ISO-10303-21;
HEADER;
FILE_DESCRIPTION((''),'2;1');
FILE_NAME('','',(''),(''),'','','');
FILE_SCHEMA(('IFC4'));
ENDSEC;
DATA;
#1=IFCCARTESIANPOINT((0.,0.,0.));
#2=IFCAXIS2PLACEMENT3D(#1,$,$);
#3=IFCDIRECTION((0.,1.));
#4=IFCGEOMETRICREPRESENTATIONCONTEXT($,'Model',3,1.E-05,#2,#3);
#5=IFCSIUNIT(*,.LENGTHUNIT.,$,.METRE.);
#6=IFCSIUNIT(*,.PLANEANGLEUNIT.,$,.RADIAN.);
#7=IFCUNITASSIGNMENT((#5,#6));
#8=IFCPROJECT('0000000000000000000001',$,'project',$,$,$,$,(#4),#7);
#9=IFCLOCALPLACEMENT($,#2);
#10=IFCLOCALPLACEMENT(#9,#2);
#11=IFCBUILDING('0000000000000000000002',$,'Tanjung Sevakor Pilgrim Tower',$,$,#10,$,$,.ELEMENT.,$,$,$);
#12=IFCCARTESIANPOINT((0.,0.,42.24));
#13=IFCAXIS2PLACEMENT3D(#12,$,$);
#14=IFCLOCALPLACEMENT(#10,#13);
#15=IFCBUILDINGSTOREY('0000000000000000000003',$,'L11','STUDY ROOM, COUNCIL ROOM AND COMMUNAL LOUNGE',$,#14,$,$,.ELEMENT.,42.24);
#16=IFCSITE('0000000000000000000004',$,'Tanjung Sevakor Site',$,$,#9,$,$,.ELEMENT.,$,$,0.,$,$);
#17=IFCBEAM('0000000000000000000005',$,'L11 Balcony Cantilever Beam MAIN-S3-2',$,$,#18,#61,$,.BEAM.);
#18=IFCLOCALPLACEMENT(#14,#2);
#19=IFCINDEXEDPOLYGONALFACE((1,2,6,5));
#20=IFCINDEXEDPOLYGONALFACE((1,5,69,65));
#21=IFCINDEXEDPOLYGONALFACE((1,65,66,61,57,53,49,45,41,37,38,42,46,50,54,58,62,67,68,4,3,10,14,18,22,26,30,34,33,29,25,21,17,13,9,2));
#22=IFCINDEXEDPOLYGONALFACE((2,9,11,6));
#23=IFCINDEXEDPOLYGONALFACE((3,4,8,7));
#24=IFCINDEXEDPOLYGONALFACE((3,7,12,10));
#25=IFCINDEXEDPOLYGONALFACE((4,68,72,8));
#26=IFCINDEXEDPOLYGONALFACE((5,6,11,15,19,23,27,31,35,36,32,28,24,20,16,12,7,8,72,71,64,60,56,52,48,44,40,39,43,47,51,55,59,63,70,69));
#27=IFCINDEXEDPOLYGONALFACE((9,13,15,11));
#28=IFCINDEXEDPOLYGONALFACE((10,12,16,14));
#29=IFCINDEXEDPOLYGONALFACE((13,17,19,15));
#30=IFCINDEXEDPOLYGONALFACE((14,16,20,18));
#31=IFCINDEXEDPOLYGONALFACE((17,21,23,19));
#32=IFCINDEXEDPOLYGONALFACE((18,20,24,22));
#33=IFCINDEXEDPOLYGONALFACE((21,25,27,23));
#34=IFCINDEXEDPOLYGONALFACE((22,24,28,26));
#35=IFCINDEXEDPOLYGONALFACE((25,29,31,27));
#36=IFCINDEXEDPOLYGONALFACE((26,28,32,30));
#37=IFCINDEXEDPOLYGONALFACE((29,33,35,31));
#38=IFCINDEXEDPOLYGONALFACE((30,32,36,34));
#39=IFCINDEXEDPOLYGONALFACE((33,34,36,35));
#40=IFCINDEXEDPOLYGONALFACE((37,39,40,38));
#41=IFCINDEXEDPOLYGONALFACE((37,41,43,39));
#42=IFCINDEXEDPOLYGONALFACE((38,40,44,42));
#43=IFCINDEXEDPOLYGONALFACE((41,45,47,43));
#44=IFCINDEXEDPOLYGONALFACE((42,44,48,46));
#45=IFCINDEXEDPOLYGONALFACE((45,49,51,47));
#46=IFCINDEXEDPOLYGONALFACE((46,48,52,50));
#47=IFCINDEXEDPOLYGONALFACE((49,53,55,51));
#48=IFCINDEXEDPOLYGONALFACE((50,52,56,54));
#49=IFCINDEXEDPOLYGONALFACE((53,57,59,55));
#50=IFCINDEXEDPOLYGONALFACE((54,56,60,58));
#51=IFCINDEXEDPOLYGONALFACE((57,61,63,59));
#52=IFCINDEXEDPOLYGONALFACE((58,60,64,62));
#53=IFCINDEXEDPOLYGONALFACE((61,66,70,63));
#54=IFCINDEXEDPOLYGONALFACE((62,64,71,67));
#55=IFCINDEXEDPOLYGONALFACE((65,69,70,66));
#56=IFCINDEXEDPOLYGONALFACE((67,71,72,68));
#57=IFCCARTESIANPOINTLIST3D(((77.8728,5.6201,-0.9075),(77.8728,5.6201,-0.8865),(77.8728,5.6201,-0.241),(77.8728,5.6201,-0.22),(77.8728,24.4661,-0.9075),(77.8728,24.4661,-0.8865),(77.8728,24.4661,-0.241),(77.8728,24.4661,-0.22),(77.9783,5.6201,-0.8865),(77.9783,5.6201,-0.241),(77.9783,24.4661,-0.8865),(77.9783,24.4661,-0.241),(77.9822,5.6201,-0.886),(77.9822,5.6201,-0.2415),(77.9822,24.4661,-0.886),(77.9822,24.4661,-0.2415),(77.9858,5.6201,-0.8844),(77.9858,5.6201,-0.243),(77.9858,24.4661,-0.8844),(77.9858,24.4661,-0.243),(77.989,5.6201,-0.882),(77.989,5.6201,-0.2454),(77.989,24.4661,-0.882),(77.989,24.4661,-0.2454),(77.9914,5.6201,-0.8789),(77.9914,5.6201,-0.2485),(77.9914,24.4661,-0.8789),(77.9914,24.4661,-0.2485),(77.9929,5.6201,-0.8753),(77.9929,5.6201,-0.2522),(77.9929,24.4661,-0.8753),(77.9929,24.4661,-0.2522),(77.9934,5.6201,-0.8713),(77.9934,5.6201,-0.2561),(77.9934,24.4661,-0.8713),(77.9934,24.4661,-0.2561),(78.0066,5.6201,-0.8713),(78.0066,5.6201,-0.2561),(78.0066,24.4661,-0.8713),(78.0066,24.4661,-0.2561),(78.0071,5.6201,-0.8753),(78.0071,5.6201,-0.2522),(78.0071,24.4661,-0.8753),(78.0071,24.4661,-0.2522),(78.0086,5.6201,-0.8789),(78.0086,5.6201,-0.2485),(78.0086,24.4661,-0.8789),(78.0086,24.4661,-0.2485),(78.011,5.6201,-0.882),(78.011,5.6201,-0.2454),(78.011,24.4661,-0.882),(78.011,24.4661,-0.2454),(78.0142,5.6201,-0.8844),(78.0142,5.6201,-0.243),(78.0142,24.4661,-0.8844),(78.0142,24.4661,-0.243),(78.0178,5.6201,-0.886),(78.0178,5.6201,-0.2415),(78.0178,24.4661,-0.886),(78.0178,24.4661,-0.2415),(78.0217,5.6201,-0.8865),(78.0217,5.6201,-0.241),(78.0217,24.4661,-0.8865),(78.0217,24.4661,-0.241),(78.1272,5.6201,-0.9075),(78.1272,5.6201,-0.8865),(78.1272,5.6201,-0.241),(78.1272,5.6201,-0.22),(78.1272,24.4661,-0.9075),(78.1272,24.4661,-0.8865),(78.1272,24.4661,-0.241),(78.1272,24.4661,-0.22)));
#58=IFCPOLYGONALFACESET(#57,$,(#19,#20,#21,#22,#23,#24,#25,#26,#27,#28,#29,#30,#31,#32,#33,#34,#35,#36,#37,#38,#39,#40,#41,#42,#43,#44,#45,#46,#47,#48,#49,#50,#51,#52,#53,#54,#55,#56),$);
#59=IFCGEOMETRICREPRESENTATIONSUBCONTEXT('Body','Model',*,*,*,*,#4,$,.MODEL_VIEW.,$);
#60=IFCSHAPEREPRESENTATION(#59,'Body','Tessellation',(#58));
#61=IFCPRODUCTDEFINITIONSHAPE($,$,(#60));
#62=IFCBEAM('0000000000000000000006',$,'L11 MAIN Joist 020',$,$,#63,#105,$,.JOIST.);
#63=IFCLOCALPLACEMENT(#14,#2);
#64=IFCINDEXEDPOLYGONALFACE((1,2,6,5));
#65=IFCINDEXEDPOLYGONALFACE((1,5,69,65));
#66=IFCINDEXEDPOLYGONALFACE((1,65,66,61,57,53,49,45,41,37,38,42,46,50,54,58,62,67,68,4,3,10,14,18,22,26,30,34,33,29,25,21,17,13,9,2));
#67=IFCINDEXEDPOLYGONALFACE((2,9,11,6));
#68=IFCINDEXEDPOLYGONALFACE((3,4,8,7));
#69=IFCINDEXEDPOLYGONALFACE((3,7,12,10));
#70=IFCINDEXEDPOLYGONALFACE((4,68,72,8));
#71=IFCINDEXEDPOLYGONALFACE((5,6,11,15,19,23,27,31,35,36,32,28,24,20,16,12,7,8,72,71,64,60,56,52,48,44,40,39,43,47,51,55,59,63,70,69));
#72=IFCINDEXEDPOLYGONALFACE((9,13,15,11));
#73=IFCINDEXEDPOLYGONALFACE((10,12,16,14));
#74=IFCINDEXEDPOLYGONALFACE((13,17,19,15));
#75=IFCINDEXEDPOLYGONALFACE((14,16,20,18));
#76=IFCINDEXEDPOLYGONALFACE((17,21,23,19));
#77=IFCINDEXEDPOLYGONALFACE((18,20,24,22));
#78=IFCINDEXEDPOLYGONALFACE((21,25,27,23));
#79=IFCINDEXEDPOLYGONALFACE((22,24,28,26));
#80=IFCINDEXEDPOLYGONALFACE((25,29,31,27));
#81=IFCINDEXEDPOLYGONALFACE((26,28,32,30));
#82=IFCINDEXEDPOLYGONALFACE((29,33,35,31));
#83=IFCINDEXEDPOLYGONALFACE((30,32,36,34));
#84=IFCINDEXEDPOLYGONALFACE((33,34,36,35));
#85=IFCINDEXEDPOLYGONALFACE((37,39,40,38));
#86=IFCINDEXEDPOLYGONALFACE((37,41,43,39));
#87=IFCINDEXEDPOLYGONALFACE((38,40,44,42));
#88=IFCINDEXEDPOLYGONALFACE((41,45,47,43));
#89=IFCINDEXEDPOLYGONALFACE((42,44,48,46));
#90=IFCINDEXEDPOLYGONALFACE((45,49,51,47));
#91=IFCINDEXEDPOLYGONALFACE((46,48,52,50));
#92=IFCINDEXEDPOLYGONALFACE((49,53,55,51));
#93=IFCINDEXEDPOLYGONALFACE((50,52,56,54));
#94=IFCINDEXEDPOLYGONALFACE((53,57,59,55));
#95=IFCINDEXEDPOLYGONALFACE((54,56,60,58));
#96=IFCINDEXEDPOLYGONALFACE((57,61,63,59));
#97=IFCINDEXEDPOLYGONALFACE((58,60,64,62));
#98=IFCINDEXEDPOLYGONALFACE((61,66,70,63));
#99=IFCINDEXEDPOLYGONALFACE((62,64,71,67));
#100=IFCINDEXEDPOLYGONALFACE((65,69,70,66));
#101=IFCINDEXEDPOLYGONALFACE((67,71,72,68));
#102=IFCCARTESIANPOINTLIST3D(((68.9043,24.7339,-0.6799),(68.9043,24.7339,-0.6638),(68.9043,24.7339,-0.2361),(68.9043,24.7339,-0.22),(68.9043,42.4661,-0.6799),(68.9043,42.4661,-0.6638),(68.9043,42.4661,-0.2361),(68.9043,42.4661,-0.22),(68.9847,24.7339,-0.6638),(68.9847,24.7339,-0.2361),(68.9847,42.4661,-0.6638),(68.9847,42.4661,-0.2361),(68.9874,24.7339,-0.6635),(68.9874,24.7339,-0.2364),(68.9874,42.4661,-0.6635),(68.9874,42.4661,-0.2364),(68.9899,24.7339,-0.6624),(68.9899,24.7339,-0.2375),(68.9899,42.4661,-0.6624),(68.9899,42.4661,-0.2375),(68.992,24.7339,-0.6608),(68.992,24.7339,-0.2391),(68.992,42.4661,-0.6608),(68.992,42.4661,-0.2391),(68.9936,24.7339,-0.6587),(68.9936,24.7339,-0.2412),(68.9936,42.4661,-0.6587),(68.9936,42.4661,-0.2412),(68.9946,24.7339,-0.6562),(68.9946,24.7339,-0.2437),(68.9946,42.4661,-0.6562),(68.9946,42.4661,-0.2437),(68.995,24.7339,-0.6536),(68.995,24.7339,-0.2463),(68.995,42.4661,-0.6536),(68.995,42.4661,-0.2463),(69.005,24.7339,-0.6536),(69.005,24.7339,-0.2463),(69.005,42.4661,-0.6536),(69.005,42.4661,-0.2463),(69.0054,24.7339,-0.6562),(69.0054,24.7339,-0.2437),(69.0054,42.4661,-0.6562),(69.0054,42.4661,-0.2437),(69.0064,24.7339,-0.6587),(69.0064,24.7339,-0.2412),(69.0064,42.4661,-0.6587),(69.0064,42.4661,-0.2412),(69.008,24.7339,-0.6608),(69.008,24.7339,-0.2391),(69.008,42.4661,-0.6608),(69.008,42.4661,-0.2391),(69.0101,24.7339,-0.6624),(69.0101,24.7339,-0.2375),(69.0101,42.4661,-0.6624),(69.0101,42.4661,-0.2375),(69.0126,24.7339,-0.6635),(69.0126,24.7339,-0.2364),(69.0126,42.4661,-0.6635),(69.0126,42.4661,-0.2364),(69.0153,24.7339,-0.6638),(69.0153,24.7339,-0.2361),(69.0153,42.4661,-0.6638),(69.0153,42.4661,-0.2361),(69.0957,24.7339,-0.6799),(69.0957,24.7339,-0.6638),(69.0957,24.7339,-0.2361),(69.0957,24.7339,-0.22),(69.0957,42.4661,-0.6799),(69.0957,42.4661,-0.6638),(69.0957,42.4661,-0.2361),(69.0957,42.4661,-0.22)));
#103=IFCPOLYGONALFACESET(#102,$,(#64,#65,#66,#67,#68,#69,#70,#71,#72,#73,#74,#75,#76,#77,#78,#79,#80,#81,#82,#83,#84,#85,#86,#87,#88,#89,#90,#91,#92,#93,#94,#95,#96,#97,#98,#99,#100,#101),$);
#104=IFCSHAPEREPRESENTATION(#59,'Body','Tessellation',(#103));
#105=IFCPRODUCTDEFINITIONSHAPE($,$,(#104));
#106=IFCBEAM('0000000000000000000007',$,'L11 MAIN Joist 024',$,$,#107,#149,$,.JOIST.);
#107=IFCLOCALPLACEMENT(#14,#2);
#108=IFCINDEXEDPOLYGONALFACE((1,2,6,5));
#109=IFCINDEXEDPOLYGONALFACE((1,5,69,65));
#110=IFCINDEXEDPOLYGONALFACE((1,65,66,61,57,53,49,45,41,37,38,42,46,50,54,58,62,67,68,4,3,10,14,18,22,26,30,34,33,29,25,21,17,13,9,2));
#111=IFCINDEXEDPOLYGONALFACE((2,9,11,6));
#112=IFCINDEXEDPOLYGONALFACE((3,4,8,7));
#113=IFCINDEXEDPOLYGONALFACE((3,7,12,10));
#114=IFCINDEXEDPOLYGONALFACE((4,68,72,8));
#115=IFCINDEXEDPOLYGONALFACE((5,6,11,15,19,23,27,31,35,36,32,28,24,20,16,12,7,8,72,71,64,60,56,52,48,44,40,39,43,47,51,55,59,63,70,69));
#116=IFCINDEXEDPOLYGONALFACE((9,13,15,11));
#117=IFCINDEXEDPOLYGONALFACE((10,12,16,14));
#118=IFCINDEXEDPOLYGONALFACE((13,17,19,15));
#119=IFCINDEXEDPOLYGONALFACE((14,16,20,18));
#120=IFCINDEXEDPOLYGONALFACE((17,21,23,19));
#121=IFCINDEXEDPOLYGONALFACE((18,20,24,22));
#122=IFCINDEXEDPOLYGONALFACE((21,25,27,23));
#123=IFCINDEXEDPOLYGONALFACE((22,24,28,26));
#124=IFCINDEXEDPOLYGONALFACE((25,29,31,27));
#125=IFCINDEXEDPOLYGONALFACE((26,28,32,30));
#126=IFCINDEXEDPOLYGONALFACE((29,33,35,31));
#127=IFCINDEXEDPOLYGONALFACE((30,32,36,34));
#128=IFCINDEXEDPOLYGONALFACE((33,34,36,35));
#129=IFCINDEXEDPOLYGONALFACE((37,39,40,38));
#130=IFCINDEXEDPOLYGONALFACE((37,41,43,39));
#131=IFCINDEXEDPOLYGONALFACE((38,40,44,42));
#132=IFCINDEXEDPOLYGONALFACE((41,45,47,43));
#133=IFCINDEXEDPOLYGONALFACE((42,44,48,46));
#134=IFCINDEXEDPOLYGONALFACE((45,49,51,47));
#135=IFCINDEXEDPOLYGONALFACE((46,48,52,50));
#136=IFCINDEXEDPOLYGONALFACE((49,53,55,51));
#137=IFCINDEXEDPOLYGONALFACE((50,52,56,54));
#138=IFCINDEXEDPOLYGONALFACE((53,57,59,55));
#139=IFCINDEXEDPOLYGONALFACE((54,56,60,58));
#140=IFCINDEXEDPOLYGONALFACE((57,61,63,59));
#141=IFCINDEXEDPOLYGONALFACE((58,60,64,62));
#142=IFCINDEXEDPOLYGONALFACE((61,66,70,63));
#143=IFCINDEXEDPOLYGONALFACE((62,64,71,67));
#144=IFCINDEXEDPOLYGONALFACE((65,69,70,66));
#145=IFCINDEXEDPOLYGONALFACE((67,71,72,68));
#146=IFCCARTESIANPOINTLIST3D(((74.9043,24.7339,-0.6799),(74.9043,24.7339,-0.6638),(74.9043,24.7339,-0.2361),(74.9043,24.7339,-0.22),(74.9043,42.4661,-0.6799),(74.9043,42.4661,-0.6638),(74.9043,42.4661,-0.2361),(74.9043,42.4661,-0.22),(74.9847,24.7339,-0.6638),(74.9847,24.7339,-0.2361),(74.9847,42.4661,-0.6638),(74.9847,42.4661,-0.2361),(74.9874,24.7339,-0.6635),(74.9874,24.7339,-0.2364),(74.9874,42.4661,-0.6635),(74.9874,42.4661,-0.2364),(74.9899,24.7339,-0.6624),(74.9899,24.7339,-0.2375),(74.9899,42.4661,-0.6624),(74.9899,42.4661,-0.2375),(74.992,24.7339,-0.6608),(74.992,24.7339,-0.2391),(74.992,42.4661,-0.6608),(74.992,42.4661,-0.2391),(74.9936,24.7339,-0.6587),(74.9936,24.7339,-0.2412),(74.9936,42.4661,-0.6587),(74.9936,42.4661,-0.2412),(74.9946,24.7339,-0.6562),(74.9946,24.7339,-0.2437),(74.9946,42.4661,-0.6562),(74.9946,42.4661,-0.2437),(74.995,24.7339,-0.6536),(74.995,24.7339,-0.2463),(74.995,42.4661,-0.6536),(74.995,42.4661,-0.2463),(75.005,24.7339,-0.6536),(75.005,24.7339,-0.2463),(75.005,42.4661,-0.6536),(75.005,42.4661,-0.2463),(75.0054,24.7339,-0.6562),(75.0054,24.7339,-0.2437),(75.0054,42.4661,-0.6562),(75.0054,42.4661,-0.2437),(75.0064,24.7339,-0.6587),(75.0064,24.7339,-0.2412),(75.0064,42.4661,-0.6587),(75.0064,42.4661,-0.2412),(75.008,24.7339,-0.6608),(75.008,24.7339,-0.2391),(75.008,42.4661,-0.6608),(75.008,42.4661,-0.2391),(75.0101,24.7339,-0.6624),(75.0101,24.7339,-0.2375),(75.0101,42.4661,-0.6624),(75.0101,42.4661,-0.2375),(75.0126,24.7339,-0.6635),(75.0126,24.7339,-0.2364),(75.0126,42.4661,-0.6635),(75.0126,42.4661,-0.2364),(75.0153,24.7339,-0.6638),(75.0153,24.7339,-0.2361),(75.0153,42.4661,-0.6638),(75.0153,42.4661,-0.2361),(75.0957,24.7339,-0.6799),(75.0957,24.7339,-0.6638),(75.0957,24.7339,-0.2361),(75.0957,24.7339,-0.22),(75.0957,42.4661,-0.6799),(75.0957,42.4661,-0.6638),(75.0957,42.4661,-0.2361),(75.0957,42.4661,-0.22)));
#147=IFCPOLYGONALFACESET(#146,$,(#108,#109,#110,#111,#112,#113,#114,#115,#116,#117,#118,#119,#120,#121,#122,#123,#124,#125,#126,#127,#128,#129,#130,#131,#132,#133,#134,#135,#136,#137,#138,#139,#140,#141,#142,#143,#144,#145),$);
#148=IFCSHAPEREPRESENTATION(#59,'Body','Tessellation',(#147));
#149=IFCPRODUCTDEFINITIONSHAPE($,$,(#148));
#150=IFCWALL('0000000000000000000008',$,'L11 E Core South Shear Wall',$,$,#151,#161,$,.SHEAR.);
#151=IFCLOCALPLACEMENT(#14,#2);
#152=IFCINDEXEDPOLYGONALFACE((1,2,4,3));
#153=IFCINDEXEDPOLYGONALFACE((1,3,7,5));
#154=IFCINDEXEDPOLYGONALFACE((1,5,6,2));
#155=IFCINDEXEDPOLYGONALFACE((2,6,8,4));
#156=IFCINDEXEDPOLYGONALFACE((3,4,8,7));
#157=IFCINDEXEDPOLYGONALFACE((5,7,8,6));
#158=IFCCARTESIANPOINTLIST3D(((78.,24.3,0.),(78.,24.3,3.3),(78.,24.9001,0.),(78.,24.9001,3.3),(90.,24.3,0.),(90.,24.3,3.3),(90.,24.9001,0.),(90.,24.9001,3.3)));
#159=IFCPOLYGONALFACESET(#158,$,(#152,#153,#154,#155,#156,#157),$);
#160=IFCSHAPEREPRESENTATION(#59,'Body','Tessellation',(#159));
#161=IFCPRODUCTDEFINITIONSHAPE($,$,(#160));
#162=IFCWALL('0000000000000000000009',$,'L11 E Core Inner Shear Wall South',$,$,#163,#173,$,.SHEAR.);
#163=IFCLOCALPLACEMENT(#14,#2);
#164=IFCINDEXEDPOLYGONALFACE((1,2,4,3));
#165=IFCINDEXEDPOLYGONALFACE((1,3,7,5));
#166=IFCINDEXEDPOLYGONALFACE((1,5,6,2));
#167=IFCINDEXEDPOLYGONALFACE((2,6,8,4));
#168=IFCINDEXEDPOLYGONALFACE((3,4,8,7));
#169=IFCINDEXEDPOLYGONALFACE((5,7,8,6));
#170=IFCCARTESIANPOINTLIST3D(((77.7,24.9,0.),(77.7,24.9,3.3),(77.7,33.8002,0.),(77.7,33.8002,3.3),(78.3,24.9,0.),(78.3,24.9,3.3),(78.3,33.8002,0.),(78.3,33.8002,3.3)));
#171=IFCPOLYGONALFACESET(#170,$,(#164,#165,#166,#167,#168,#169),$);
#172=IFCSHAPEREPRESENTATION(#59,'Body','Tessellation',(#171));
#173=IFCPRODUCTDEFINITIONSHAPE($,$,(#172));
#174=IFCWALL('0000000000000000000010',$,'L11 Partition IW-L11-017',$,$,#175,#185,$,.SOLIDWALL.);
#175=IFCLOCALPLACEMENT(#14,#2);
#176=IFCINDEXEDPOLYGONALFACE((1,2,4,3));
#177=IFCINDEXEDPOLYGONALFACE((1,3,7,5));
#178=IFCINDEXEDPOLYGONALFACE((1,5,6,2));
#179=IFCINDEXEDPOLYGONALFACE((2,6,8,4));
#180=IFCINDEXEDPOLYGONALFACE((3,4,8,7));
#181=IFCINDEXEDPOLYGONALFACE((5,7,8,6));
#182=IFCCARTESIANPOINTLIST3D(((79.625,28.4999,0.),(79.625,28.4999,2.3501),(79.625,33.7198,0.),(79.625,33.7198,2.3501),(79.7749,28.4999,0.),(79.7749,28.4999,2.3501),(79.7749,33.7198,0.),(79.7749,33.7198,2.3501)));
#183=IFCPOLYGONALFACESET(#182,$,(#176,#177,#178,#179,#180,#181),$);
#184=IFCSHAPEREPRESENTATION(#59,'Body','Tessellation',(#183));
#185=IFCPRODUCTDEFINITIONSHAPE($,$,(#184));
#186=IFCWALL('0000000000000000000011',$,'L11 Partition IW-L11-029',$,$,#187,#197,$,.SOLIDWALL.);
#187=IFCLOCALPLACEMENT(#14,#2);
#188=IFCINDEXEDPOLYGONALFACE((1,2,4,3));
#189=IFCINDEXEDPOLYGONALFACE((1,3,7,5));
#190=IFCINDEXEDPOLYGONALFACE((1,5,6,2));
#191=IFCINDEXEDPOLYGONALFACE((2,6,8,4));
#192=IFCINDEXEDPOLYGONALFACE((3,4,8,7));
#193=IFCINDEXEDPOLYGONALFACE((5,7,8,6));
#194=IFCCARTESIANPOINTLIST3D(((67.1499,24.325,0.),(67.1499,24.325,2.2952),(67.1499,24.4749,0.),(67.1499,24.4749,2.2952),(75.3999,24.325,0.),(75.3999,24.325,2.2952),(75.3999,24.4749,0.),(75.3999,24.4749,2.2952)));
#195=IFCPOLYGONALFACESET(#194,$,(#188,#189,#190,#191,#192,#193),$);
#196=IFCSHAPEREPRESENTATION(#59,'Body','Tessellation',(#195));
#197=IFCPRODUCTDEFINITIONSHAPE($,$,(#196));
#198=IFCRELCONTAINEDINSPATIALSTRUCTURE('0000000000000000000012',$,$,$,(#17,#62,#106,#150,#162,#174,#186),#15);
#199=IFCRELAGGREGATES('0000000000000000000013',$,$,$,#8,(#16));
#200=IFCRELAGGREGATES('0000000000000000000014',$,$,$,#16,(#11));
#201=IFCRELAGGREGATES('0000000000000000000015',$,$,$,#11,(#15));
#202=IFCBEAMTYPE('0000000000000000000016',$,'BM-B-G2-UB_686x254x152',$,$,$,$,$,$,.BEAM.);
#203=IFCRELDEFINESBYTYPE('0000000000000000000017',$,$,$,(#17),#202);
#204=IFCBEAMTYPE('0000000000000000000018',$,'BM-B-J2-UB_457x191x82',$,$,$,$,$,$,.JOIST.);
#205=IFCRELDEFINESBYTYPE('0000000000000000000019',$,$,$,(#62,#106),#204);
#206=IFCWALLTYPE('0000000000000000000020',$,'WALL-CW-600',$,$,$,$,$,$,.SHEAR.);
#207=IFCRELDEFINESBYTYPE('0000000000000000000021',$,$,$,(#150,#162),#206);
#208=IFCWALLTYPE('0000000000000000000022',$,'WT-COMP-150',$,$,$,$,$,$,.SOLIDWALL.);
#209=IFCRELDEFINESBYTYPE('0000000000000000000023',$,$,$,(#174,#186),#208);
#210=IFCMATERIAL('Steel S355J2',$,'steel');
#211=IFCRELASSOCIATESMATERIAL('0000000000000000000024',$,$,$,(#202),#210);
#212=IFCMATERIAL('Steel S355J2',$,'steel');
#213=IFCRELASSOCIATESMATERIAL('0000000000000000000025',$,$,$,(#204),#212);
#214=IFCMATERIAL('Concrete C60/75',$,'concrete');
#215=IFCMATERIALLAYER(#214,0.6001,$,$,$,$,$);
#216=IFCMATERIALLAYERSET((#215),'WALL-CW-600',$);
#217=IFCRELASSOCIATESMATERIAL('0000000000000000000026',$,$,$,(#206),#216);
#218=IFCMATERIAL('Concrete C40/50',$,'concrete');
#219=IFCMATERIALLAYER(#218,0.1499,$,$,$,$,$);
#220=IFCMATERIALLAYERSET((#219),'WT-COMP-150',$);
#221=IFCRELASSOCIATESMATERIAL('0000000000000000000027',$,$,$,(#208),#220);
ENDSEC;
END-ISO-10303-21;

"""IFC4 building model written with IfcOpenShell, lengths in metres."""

from ifc_helpers import new_model, si_unit, direction, frame, frame_2d, origin, origin_2d, place, context, subcontext, project, spatial, rectangle, i_section, extrude, material, layer, layer_set, material_profile, profile_set, type_object, element, save


model = new_model("IFC4")

# Units and contexts
model_context = context("Model", 3, precision=1e-05, world=origin(), true_north=direction((0.0, 1.0)))
body_context = subcontext(model_context, "Body", "Model", "MODEL_VIEW")
ifc_project = project(units=[si_unit("LENGTHUNIT", "METRE"), si_unit("PLANEANGLEUNIT", "RADIAN")], contexts=[model_context])

# Site, building, storey
site_placement = place(None, origin())
site = spatial("IfcSite", under=ifc_project, at=site_placement, Name="Tanjung Sevakor Site", CompositionType="ELEMENT", RefElevation=0.0)
building_placement = place(site_placement, origin())
building = spatial("IfcBuilding", under=site, at=building_placement, Name="Tanjung Sevakor Pilgrim Tower", CompositionType="ELEMENT")
storey_placement = place(building_placement, frame((0.0, 0.0, 42.24)))
storey = spatial("IfcBuildingStorey", under=building, at=storey_placement, Name="L11", Description="STUDY ROOM, COUNCIL ROOM AND COMMUNAL LOUNGE", CompositionType="ELEMENT", Elevation=42.24)

# Beams
ifc_material_1 = material(Name="Steel S355J2", Category="steel")
ifc_material_profile_1 = material_profile(ifc_material_1, i_section(OverallWidth=0.2544, OverallDepth=0.6875, WebThickness=0.0132, FlangeThickness=0.021, FilletRadius=0.0151, at=origin_2d()))
ifc_profile_set_1 = profile_set([ifc_material_profile_1], Name="Steel S355J2")
beam_type_1 = type_object("IfcBeamType", Name="BM-B-G2-UB_686x254x152", PredefinedType="BEAM", material=ifc_profile_set_1)
beam_1_placement = place(storey_placement, frame((78.0, 24.4661, -0.5637), z_axis=(0.0, -1.0, 0.0), x_axis=(1.0, 0.0, 0.0)))
element("IfcBeam", 1, at=beam_1_placement, inside=storey, type_object=beam_type_1, Name="L11 Balcony Cantilever Beam MAIN-S3-2", PredefinedType="BEAM", context=body_context, shape_type="SweptSolid", body=[
    extrude(i_section(OverallWidth=0.2544, OverallDepth=0.6875, WebThickness=0.0132, FlangeThickness=0.021, FilletRadius=0.0151, at=origin_2d()), origin(), (0.0, 0.0, 1.0), 18.8459),
])
ifc_material_2 = material(Name="Steel S355J2", Category="steel")
ifc_material_profile_2 = material_profile(ifc_material_2, i_section(OverallWidth=0.1914, OverallDepth=0.46, WebThickness=0.01, FlangeThickness=0.0161, FilletRadius=0.0103, at=origin_2d()))
ifc_profile_set_2 = profile_set([ifc_material_profile_2], Name="Steel S355J2")
beam_type_2 = type_object("IfcBeamType", Name="BM-B-J2-UB_457x191x82", PredefinedType="JOIST", material=ifc_profile_set_2)
for number, where, z_axis, x_axis, name in (
    (2, (69.0, 24.7339, -0.45), (0.0, 1.0, 0.0), (-1.0, 0.0, 0.0), "L11 MAIN Joist 020"),
    (3, (75.0, 24.7339, -0.45), (0.0, 1.0, 0.0), (-1.0, 0.0, 0.0), "L11 MAIN Joist 024"),
):
    element("IfcBeam", number, at=place(storey_placement, frame(where, z_axis=z_axis, x_axis=x_axis)), inside=storey, type_object=beam_type_2, Name=name, PredefinedType="JOIST", context=body_context, shape_type="SweptSolid", body=[
        extrude(i_section(OverallWidth=0.1914, OverallDepth=0.46, WebThickness=0.01, FlangeThickness=0.0161, FilletRadius=0.0103, at=origin_2d()), origin(), (0.0, 0.0, 1.0), 17.7322),
    ])

# Walls
ifc_material_3 = material(Name="Concrete C60/75", Category="concrete")
ifc_layer_1 = layer(ifc_material_3, 0.6001)
ifc_layer_set_1 = layer_set([ifc_layer_1], Name="WALL-CW-600")
wall_type_1 = type_object("IfcWallType", Name="WALL-CW-600", PredefinedType="SHEAR", material=ifc_layer_set_1)
wall_1_placement = place(storey_placement, frame((78.0, 24.6001, 0.0), z_axis=(0.0, 0.0, 1.0), x_axis=(1.0, 0.0, 0.0)))
element("IfcWall", 4, at=wall_1_placement, inside=storey, type_object=wall_type_1, Name="L11 E Core South Shear Wall", PredefinedType="SHEAR", context=body_context, shape_type="SweptSolid", body=[
    extrude(rectangle(XDim=12.0, YDim=0.6001, at=frame_2d((6.0, 0.0))), origin(), (0.0, 0.0, 1.0), 3.3),
])
wall_2_placement = place(storey_placement, frame((78.0, 24.8999, 0.0), z_axis=(0.0, 0.0, 1.0), x_axis=(0.0, 1.0, 0.0)))
element("IfcWall", 5, at=wall_2_placement, inside=storey, type_object=wall_type_1, Name="L11 E Core Inner Shear Wall South", PredefinedType="SHEAR", context=body_context, shape_type="SweptSolid", body=[
    extrude(rectangle(XDim=8.9001, YDim=0.6001, at=frame_2d((4.4502, 0.0))), origin(), (0.0, 0.0, 1.0), 3.3),
])
ifc_material_4 = material(Name="Concrete C40/50", Category="concrete")
ifc_layer_2 = layer(ifc_material_4, 0.1499)
ifc_layer_set_2 = layer_set([ifc_layer_2], Name="WT-COMP-150")
wall_type_2 = type_object("IfcWallType", Name="WT-COMP-150", PredefinedType="SOLIDWALL", material=ifc_layer_set_2)
wall_3_placement = place(storey_placement, frame((79.7, 28.5, 0.0), z_axis=(0.0, 0.0, 1.0), x_axis=(0.0, 1.0, 0.0)))
element("IfcWall", 6, at=wall_3_placement, inside=storey, type_object=wall_type_2, Name="L11 Partition IW-L11-017", PredefinedType="SOLIDWALL", context=body_context, shape_type="SweptSolid", body=[
    extrude(rectangle(XDim=5.22, YDim=0.1499, at=frame_2d((2.6099, 0.0))), origin(), (0.0, 0.0, 1.0), 2.3501),
])
wall_4_placement = place(storey_placement, frame((67.1499, 24.3999, 0.0), z_axis=(0.0, 0.0, 1.0), x_axis=(1.0, 0.0, 0.0)))
element("IfcWall", 7, at=wall_4_placement, inside=storey, type_object=wall_type_2, Name="L11 Partition IW-L11-029", PredefinedType="SOLIDWALL", context=body_context, shape_type="SweptSolid", body=[
    extrude(rectangle(XDim=8.25, YDim=0.1499, at=frame_2d((4.125, 0.0))), origin(), (0.0, 0.0, 1.0), 2.2952),
])

save(model, "model.ifc")
